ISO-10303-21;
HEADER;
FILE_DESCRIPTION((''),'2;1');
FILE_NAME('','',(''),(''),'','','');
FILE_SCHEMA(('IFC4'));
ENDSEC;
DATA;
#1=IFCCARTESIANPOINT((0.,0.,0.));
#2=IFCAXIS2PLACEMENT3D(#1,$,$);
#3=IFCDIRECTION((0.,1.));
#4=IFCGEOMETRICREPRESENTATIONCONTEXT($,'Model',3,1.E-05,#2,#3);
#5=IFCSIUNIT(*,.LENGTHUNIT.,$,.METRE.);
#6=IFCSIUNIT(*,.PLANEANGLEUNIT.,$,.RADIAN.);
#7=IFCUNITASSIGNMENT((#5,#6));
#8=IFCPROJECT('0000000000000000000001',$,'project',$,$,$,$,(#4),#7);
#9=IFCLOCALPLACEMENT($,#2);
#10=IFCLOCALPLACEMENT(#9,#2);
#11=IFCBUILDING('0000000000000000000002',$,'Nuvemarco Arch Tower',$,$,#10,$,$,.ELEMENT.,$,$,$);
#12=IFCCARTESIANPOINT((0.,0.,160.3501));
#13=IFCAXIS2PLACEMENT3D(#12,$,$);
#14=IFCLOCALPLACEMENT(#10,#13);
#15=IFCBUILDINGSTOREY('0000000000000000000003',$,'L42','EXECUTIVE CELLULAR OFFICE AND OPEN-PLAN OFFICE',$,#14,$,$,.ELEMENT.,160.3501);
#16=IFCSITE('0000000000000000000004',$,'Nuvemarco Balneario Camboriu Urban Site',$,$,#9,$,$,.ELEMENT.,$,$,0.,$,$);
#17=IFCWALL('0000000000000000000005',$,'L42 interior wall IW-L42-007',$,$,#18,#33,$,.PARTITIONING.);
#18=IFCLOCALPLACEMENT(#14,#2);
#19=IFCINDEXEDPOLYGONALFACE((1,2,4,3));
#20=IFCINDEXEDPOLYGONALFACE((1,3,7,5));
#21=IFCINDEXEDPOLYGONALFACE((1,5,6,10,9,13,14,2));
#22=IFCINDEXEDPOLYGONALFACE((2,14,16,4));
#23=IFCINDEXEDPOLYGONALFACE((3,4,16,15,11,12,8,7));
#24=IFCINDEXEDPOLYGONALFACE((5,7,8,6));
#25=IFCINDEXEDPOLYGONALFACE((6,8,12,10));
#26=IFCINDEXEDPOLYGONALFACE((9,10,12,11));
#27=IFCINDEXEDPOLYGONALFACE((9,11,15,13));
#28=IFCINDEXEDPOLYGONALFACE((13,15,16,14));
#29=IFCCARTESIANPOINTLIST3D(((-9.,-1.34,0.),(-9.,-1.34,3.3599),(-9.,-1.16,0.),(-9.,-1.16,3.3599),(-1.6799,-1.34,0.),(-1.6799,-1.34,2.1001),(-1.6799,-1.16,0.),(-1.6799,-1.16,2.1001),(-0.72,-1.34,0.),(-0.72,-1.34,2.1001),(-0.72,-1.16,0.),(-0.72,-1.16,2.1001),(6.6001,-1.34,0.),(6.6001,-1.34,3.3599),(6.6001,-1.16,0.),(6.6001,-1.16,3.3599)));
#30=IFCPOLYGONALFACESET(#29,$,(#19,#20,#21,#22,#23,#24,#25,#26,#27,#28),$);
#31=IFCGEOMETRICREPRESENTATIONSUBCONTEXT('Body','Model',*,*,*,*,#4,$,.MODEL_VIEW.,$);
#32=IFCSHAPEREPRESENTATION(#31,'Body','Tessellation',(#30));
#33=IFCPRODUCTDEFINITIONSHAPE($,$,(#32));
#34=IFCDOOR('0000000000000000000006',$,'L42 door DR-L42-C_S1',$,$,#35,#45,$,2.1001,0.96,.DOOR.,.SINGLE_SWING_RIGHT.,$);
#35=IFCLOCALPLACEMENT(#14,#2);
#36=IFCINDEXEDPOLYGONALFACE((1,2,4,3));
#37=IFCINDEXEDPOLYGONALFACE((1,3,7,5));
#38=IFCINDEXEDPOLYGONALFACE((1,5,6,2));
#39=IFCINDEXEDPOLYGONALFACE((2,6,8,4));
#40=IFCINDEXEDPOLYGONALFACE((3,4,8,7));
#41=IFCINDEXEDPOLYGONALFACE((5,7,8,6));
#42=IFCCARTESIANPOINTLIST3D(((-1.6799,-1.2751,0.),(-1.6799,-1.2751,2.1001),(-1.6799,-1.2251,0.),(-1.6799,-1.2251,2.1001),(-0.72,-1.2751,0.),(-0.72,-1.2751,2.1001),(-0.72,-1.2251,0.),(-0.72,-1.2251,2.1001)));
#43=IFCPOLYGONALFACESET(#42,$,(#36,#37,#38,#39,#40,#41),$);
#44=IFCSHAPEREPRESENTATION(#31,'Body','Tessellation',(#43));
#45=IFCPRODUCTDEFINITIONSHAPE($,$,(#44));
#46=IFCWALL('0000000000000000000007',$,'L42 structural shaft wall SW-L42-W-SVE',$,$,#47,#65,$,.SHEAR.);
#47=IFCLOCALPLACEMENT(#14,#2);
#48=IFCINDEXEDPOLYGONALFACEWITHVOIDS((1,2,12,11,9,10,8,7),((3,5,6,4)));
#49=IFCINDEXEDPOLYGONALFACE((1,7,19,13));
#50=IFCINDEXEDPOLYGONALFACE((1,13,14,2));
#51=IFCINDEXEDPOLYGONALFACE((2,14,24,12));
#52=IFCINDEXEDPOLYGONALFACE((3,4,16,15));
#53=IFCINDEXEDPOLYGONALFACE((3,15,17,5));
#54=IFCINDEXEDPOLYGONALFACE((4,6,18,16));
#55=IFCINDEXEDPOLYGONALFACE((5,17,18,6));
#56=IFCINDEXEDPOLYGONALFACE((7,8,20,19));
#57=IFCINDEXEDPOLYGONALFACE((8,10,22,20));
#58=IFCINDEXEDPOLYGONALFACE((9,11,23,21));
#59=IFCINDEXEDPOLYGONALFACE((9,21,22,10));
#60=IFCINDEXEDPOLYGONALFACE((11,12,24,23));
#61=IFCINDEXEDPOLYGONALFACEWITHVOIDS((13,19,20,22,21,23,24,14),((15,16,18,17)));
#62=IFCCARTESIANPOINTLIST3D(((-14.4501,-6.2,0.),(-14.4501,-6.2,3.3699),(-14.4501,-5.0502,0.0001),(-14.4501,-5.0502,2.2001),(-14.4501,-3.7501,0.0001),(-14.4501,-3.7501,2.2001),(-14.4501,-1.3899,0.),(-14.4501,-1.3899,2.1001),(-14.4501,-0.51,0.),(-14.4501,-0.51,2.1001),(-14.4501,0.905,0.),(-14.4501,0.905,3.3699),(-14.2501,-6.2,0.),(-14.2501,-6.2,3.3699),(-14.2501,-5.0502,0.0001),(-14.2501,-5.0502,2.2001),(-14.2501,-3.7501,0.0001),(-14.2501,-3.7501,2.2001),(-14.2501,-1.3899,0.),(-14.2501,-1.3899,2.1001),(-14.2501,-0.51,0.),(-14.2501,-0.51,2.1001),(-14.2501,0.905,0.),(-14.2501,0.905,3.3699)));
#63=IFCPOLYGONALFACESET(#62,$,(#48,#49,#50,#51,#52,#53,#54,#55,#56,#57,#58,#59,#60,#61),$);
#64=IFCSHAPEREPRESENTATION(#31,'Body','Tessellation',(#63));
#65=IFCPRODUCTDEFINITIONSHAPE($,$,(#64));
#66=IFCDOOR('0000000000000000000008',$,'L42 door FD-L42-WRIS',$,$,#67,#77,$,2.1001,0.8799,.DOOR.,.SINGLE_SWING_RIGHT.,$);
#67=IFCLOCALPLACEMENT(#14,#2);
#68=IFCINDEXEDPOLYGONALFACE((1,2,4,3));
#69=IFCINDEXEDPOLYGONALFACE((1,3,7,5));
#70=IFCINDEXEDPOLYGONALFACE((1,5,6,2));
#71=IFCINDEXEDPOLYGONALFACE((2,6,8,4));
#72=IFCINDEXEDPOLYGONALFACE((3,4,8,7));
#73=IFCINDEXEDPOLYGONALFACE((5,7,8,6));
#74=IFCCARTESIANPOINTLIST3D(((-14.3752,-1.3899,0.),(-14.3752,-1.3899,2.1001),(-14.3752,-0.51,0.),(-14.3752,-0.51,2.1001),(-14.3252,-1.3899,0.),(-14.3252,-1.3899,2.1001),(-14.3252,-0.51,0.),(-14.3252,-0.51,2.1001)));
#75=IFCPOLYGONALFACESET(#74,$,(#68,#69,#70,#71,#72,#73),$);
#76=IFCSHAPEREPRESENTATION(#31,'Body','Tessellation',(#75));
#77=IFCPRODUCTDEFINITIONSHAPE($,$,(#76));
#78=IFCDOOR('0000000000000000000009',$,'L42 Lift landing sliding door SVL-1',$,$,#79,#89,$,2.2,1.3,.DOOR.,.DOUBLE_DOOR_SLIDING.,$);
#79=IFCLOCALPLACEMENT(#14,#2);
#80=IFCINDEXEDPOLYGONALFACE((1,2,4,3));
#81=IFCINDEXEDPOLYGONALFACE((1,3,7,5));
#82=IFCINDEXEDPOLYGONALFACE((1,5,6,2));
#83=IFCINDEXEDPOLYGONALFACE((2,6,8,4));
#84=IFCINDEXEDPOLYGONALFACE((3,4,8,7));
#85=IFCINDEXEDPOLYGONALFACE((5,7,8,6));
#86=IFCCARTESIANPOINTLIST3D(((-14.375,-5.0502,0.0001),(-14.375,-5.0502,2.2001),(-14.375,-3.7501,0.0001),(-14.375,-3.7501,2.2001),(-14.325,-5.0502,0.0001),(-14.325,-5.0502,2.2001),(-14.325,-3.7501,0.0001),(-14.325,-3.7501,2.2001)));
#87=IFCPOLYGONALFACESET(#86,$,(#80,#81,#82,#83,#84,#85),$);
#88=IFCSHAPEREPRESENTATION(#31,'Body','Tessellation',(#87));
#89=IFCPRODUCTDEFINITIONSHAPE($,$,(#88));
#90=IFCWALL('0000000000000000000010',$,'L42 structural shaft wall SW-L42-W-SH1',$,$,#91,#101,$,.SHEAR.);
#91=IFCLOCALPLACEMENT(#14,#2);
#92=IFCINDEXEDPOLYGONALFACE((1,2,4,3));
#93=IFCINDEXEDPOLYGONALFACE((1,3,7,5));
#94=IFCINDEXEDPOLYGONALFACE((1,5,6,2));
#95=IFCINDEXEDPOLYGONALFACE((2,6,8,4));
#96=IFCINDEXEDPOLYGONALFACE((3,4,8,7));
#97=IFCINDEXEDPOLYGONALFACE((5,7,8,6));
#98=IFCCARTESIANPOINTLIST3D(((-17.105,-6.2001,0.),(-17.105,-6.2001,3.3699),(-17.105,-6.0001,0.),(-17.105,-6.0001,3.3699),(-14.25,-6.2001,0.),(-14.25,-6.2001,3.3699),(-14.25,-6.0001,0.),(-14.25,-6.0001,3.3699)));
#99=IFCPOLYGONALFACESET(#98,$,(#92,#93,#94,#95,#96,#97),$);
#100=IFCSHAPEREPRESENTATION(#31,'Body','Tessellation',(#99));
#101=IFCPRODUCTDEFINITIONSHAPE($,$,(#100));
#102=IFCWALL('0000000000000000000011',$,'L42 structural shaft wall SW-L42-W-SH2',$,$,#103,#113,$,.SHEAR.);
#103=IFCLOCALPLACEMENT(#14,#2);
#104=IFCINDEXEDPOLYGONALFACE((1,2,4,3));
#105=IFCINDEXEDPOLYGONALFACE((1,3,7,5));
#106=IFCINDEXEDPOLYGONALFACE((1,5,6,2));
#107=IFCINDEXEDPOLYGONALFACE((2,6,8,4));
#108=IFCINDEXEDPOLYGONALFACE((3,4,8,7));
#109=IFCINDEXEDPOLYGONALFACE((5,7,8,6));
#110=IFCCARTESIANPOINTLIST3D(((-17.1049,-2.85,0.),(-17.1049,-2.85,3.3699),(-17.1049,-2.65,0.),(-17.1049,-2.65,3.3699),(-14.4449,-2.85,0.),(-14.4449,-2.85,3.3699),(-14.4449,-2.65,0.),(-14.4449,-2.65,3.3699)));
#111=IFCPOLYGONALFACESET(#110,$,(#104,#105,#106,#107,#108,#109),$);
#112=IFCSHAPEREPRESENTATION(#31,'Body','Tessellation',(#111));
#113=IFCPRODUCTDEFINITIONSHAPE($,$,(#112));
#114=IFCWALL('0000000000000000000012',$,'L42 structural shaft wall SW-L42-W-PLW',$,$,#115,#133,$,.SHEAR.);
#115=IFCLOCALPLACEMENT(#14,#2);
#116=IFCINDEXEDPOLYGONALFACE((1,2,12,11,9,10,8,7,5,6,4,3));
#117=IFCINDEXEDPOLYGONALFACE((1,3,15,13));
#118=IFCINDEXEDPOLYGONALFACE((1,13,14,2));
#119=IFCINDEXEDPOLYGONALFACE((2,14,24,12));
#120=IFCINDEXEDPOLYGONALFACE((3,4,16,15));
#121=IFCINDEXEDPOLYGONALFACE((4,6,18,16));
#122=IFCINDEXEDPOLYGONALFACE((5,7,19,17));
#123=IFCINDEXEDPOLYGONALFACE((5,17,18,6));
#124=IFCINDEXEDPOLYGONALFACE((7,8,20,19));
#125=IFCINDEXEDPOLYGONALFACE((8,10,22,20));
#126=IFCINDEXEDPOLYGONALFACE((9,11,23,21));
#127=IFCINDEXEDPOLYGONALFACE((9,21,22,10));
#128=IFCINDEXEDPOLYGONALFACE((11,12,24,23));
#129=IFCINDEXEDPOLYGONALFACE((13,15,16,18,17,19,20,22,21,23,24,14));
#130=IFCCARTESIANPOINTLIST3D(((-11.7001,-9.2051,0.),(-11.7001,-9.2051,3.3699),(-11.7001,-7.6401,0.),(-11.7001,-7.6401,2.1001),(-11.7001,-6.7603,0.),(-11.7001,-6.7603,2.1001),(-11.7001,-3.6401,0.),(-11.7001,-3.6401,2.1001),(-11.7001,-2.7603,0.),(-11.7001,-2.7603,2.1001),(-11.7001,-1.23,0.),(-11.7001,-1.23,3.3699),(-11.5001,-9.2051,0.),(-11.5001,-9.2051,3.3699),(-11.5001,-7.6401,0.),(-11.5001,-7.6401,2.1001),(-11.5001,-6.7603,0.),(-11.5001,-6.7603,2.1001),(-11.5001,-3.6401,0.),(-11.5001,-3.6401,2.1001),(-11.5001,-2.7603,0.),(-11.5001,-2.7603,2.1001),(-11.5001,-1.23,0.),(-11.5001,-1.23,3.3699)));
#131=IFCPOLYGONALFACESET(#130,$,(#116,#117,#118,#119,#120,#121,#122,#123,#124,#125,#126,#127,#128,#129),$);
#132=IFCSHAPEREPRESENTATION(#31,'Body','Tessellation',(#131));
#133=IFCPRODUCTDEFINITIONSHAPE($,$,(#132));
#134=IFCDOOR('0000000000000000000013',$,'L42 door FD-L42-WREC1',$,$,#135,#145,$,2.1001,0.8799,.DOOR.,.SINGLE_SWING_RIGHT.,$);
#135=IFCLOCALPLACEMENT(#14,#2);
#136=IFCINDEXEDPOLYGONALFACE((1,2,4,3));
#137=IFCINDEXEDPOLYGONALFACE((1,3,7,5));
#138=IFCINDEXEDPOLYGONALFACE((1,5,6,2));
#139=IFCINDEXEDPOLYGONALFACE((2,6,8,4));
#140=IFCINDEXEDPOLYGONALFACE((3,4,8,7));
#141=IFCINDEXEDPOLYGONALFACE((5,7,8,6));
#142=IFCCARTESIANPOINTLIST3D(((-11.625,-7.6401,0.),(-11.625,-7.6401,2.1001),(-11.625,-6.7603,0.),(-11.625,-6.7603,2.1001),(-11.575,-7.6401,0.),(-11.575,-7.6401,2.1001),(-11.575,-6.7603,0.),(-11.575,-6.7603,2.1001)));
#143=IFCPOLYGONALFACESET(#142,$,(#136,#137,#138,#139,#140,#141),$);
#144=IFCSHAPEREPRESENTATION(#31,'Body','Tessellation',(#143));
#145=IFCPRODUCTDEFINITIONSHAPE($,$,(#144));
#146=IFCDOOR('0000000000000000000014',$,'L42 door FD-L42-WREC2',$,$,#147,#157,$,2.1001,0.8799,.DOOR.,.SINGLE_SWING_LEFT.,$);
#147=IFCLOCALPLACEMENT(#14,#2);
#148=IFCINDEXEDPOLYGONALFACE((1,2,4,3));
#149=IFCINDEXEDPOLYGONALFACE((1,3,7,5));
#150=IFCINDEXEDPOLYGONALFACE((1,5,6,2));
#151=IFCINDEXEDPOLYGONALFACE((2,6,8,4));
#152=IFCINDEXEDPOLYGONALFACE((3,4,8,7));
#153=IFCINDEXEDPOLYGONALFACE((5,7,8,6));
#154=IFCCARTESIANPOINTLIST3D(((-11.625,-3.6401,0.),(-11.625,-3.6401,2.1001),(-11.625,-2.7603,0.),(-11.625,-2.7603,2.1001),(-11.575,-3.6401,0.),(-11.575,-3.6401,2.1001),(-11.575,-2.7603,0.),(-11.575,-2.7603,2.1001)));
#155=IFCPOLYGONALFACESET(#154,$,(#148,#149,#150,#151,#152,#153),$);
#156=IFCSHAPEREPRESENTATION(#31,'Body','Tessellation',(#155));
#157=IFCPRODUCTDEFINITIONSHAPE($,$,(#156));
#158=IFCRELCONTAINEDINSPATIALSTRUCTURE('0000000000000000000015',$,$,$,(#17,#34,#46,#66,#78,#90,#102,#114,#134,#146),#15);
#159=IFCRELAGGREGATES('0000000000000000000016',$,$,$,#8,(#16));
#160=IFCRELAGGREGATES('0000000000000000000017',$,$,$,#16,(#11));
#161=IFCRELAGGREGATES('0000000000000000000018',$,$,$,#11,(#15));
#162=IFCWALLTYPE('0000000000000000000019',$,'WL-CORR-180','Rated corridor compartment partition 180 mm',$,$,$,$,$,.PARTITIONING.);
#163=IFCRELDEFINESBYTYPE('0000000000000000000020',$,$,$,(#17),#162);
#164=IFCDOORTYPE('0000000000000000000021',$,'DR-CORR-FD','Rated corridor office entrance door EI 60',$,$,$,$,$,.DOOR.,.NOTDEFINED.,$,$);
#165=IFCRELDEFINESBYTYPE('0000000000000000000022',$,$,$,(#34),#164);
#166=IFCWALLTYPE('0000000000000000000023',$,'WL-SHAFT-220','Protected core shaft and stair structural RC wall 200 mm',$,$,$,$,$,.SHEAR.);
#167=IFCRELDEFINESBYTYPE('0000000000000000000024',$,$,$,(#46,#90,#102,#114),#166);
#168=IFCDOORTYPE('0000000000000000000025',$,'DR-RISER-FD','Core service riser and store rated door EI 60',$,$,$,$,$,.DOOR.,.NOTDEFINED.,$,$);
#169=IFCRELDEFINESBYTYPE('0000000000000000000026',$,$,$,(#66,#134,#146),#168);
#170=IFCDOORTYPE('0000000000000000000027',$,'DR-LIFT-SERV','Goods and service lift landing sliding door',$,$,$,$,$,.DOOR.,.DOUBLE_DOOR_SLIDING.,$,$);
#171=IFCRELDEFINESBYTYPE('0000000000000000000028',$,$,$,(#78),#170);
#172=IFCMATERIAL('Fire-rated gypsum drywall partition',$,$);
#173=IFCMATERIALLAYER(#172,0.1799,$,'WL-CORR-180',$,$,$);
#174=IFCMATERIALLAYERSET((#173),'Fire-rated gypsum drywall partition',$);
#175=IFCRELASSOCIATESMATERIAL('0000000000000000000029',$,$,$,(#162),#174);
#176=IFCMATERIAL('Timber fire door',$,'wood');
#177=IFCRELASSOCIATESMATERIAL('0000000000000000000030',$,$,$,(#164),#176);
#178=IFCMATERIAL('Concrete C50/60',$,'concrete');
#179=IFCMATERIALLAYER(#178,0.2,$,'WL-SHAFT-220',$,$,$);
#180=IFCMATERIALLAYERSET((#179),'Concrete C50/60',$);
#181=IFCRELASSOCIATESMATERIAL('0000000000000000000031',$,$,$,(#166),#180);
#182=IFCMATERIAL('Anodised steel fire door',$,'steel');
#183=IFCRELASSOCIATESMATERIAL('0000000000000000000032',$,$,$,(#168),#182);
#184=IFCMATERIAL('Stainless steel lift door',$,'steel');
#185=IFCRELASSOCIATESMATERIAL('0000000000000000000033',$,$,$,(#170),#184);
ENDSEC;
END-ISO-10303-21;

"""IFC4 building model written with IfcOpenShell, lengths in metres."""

from ifc_helpers import new_model, si_unit, direction, frame, frame_2d, origin, place, context, subcontext, project, spatial, rectangle, extrude, source, transform, mapped, material, layer, layer_set, type_object, type_shapes, element, fill, save


model = new_model("IFC4")

# Units and contexts
model_context = context("Model", 3, precision=1e-05, world=origin(), true_north=direction((0.0, 1.0)))
body_context = subcontext(model_context, "Body", "Model", "MODEL_VIEW")
ifc_project = project(units=[si_unit("LENGTHUNIT", "METRE"), si_unit("PLANEANGLEUNIT", "RADIAN")], contexts=[model_context])

# Site, building, storey
site_placement = place(None, origin())
site = spatial("IfcSite", under=ifc_project, at=site_placement, Name="Nuvemarco Balneario Camboriu Urban Site", CompositionType="ELEMENT", RefElevation=0.0)
building_placement = place(site_placement, origin())
building = spatial("IfcBuilding", under=site, at=building_placement, Name="Nuvemarco Arch Tower", CompositionType="ELEMENT")
storey_placement = place(building_placement, frame((0.0, 0.0, 160.3501)))
storey = spatial("IfcBuildingStorey", under=building, at=storey_placement, Name="L42", Description="EXECUTIVE CELLULAR OFFICE AND OPEN-PLAN OFFICE", CompositionType="ELEMENT", Elevation=160.3501)

# Shared definitions
ifc_material_1 = material(Name="Concrete C50/60", Category="concrete")

# Shared definitions
ifc_material_2 = material(Name="Anodised steel fire door", Category="steel")

# Shared definitions
ifc_material_3 = material(Name="Fire-rated gypsum drywall partition")
ifc_layer_1 = layer(ifc_material_3, 0.1799, Name="WL-CORR-180")
ifc_layer_set_1 = layer_set([ifc_layer_1], Name="Fire-rated gypsum drywall partition")
wall_type_1 = type_object("IfcWallType", Name="WL-CORR-180", Description="Rated corridor compartment partition 180 mm", PredefinedType="PARTITIONING", material=ifc_layer_set_1)

# Wall, opening, door
wall_1_placement = place(storey_placement, frame((-9.0, -1.25, 0.0), z_axis=(0.0, 0.0, 1.0), x_axis=(1.0, 0.0, 0.0)))
wall_1 = element("IfcWall", 1, at=wall_1_placement, inside=storey, type_object=wall_type_1, Name="L42 interior wall IW-L42-007", PredefinedType="PARTITIONING", context=body_context, shape_type="SweptSolid", body=[
    extrude(rectangle(XDim=15.6001, YDim=0.1799, at=frame_2d((7.8, 0.0))), origin(), (0.0, 0.0, 1.0), 3.3599),
])
opening_1_placement = place(wall_1_placement, frame((7.3201, 0.0, 0.0)))
opening_1 = element("IfcOpeningElement", 2, at=opening_1_placement, cuts=wall_1, PredefinedType="OPENING", context=body_context, shape_type="SweptSolid", body=[
    extrude(rectangle(XDim=0.96, YDim=2.1001, at=frame_2d((0.48, 1.05))), frame((0.0, 0.0999, 0.0), z_axis=(0.0, -1.0, 0.0), x_axis=(1.0, 0.0, 0.0)), (0.0, 0.0, 1.0), 0.2),
])
ifc_material_4 = material(Name="Timber fire door", Category="wood")
door_type_1 = type_object("IfcDoorType", Name="DR-CORR-FD", Description="Rated corridor office entrance door EI 60", OperationType="NOTDEFINED", PredefinedType="DOOR", material=ifc_material_4)
shared_shape_1 = source(origin(), body_context, "Body", "SweptSolid", [
    extrude(rectangle(XDim=0.96, YDim=2.1001, at=frame_2d((0.48, 1.05))), frame((0.0, 0.0249, 0.0), z_axis=(0.0, -1.0, 0.0), x_axis=(1.0, 0.0, 0.0)), (0.0, 0.0, 1.0), 0.05),
])
type_shapes(door_type_1, [shared_shape_1])
door_1_placement = place(opening_1_placement, origin())
door_1 = element("IfcDoor", 3, at=door_1_placement, inside=storey, type_object=door_type_1, Name="L42 door DR-L42-C_S1", OperationType="SINGLE_SWING_RIGHT", OverallHeight=2.1001, OverallWidth=0.96, PredefinedType="DOOR", context=body_context, shape_type="MappedRepresentation", body=[
    mapped(shared_shape_1, transform((0.0, 0.0, 0.0), scale=1.0)),
])
fill(opening_1, door_1)
ifc_layer_2 = layer(ifc_material_1, 0.2, Name="WL-SHAFT-220")
ifc_layer_set_2 = layer_set([ifc_layer_2], Name="Concrete C50/60")
wall_type_2 = type_object("IfcWallType", Name="WL-SHAFT-220", Description="Protected core shaft and stair structural RC wall 200 mm", PredefinedType="SHEAR", material=ifc_layer_set_2)
ifc_material_5 = material(Name="Stainless steel lift door", Category="steel")

# Wall, openings, doors
wall_2_placement = place(storey_placement, frame((-14.3501, -6.2, 0.0), z_axis=(0.0, 0.0, 1.0), x_axis=(0.0, 1.0, 0.0)))
wall_2 = element("IfcWall", 4, at=wall_2_placement, inside=storey, type_object=wall_type_2, Name="L42 structural shaft wall SW-L42-W-SVE", PredefinedType="SHEAR", context=body_context, shape_type="SweptSolid", body=[
    extrude(rectangle(XDim=7.105, YDim=0.2, at=frame_2d((3.5525, 0.0))), origin(), (0.0, 0.0, 1.0), 3.3699),
])
opening_2_placement = place(wall_2_placement, frame((5.6899, 0.0, 0.0), z_axis=(0.0, 0.0, 1.0), x_axis=(-1.0, 0.0, 0.0)))
opening_2 = element("IfcOpeningElement", 5, at=opening_2_placement, cuts=wall_2, PredefinedType="OPENING", context=body_context, shape_type="SweptSolid", body=[
    extrude(rectangle(XDim=0.8799, YDim=2.1001, at=frame_2d((0.4399, 1.05))), frame((0.0, 0.1099, 0.0), z_axis=(0.0, -1.0, 0.0), x_axis=(1.0, 0.0, 0.0)), (0.0, 0.0, 1.0), 0.22),
])
opening_3_placement = place(wall_2_placement, frame((1.1499, 0.0, 0.0)))
opening_3 = element("IfcOpeningElement", 6, at=opening_3_placement, cuts=wall_2, PredefinedType="OPENING", context=body_context, shape_type="SweptSolid", body=[
    extrude(rectangle(XDim=1.3, YDim=2.2, at=frame_2d((0.6499, 1.1001))), frame((0.0, 0.1099, 0.0), z_axis=(0.0, -1.0, 0.0), x_axis=(1.0, 0.0, 0.0)), (0.0, 0.0, 1.0), 0.22),
])
door_type_2 = type_object("IfcDoorType", Name="DR-RISER-FD", Description="Core service riser and store rated door EI 60", OperationType="NOTDEFINED", PredefinedType="DOOR", material=ifc_material_2)
shared_shape_2 = source(origin(), body_context, "Body", "SweptSolid", [
    extrude(rectangle(XDim=0.8799, YDim=2.1001, at=frame_2d((0.4399, 1.05))), frame((0.0, 0.0249, 0.0), z_axis=(0.0, -1.0, 0.0), x_axis=(1.0, 0.0, 0.0)), (0.0, 0.0, 1.0), 0.05),
])
type_shapes(door_type_2, [shared_shape_2])
door_2_placement = place(opening_2_placement, origin())
door_2 = element("IfcDoor", 7, at=door_2_placement, inside=storey, type_object=door_type_2, Name="L42 door FD-L42-WRIS", OperationType="SINGLE_SWING_RIGHT", OverallHeight=2.1001, OverallWidth=0.8799, PredefinedType="DOOR", context=body_context, shape_type="MappedRepresentation", body=[
    mapped(shared_shape_2, transform((0.0, 0.0, 0.0), scale=1.0)),
])
fill(opening_2, door_2)
door_type_3 = type_object("IfcDoorType", Name="DR-LIFT-SERV", Description="Goods and service lift landing sliding door", OperationType="DOUBLE_DOOR_SLIDING", PredefinedType="DOOR", material=ifc_material_5)
shared_shape_3 = source(origin(), body_context, "Body", "SweptSolid", [
    extrude(rectangle(XDim=1.3, YDim=2.2, at=frame_2d((0.6499, 1.1001))), frame((0.0, 0.0249, 0.0), z_axis=(0.0, -1.0, 0.0), x_axis=(1.0, 0.0, 0.0)), (0.0, 0.0, 1.0), 0.05),
])
type_shapes(door_type_3, [shared_shape_3])
door_3_placement = place(opening_3_placement, origin())
door_3 = element("IfcDoor", 8, at=door_3_placement, inside=storey, type_object=door_type_3, Name="L42 Lift landing sliding door SVL-1", OperationType="DOUBLE_DOOR_SLIDING", OverallHeight=2.2, OverallWidth=1.3, PredefinedType="DOOR", context=body_context, shape_type="MappedRepresentation", body=[
    mapped(shared_shape_3, transform((0.0, 0.0, 0.0), scale=1.0)),
])
fill(opening_3, door_3)

# Walls
wall_3_placement = place(storey_placement, frame((-17.105, -6.1001, 0.0), z_axis=(0.0, 0.0, 1.0), x_axis=(1.0, 0.0, 0.0)))
element("IfcWall", 9, at=wall_3_placement, inside=storey, type_object=wall_type_2, Name="L42 structural shaft wall SW-L42-W-SH1", PredefinedType="SHEAR", context=body_context, shape_type="SweptSolid", body=[
    extrude(rectangle(XDim=2.855, YDim=0.2, at=frame_2d((1.4275, 0.0))), origin(), (0.0, 0.0, 1.0), 3.3699),
])
wall_4_placement = place(storey_placement, frame((-17.105, -2.75, 0.0), z_axis=(0.0, 0.0, 1.0), x_axis=(1.0, 0.0, 0.0)))
element("IfcWall", 10, at=wall_4_placement, inside=storey, type_object=wall_type_2, Name="L42 structural shaft wall SW-L42-W-SH2", PredefinedType="SHEAR", context=body_context, shape_type="SweptSolid", body=[
    extrude(rectangle(XDim=2.6599, YDim=0.2, at=frame_2d((1.3301, 0.0))), origin(), (0.0, 0.0, 1.0), 3.3699),
])

# Wall, openings, doors
wall_5_placement = place(storey_placement, frame((-11.6001, -9.2051, 0.0), z_axis=(0.0, 0.0, 1.0), x_axis=(0.0, 1.0, 0.0)))
wall_5 = element("IfcWall", 11, at=wall_5_placement, inside=storey, type_object=wall_type_2, Name="L42 structural shaft wall SW-L42-W-PLW", PredefinedType="SHEAR", context=body_context, shape_type="SweptSolid", body=[
    extrude(rectangle(XDim=7.9751, YDim=0.2, at=frame_2d((3.9875, 0.0))), origin(), (0.0, 0.0, 1.0), 3.3699),
])
opening_4_placement = place(wall_5_placement, frame((1.5649, 0.0, 0.0)))
opening_4 = element("IfcOpeningElement", 12, at=opening_4_placement, cuts=wall_5, PredefinedType="OPENING", context=body_context, shape_type="SweptSolid", body=[
    extrude(rectangle(XDim=0.8799, YDim=2.1001, at=frame_2d((0.4399, 1.05))), frame((0.0, 0.1099, 0.0), z_axis=(0.0, -1.0, 0.0), x_axis=(1.0, 0.0, 0.0)), (0.0, 0.0, 1.0), 0.22),
])
opening_5_placement = place(wall_5_placement, frame((5.5649, 0.0, 0.0)))
opening_5 = element("IfcOpeningElement", 13, at=opening_5_placement, cuts=wall_5, PredefinedType="OPENING", context=body_context, shape_type="SweptSolid", body=[
    extrude(rectangle(XDim=0.8799, YDim=2.1001, at=frame_2d((0.4399, 1.05))), frame((0.0, 0.1099, 0.0), z_axis=(0.0, -1.0, 0.0), x_axis=(1.0, 0.0, 0.0)), (0.0, 0.0, 1.0), 0.22),
])
door_4_placement = place(opening_4_placement, origin())
door_4 = element("IfcDoor", 14, at=door_4_placement, inside=storey, type_object=door_type_2, Name="L42 door FD-L42-WREC1", OperationType="SINGLE_SWING_RIGHT", OverallHeight=2.1001, OverallWidth=0.8799, PredefinedType="DOOR", context=body_context, shape_type="MappedRepresentation", body=[
    mapped(shared_shape_2, transform((0.0, 0.0, 0.0), scale=1.0)),
])
fill(opening_4, door_4)
door_5_placement = place(opening_5_placement, origin())
door_5 = element("IfcDoor", 15, at=door_5_placement, inside=storey, type_object=door_type_2, Name="L42 door FD-L42-WREC2", OperationType="SINGLE_SWING_LEFT", OverallHeight=2.1001, OverallWidth=0.8799, PredefinedType="DOOR", context=body_context, shape_type="MappedRepresentation", body=[
    mapped(shared_shape_2, transform((0.0, 0.0, 0.0), scale=1.0)),
])
fill(opening_5, door_5)

save(model, "model.ifc")
